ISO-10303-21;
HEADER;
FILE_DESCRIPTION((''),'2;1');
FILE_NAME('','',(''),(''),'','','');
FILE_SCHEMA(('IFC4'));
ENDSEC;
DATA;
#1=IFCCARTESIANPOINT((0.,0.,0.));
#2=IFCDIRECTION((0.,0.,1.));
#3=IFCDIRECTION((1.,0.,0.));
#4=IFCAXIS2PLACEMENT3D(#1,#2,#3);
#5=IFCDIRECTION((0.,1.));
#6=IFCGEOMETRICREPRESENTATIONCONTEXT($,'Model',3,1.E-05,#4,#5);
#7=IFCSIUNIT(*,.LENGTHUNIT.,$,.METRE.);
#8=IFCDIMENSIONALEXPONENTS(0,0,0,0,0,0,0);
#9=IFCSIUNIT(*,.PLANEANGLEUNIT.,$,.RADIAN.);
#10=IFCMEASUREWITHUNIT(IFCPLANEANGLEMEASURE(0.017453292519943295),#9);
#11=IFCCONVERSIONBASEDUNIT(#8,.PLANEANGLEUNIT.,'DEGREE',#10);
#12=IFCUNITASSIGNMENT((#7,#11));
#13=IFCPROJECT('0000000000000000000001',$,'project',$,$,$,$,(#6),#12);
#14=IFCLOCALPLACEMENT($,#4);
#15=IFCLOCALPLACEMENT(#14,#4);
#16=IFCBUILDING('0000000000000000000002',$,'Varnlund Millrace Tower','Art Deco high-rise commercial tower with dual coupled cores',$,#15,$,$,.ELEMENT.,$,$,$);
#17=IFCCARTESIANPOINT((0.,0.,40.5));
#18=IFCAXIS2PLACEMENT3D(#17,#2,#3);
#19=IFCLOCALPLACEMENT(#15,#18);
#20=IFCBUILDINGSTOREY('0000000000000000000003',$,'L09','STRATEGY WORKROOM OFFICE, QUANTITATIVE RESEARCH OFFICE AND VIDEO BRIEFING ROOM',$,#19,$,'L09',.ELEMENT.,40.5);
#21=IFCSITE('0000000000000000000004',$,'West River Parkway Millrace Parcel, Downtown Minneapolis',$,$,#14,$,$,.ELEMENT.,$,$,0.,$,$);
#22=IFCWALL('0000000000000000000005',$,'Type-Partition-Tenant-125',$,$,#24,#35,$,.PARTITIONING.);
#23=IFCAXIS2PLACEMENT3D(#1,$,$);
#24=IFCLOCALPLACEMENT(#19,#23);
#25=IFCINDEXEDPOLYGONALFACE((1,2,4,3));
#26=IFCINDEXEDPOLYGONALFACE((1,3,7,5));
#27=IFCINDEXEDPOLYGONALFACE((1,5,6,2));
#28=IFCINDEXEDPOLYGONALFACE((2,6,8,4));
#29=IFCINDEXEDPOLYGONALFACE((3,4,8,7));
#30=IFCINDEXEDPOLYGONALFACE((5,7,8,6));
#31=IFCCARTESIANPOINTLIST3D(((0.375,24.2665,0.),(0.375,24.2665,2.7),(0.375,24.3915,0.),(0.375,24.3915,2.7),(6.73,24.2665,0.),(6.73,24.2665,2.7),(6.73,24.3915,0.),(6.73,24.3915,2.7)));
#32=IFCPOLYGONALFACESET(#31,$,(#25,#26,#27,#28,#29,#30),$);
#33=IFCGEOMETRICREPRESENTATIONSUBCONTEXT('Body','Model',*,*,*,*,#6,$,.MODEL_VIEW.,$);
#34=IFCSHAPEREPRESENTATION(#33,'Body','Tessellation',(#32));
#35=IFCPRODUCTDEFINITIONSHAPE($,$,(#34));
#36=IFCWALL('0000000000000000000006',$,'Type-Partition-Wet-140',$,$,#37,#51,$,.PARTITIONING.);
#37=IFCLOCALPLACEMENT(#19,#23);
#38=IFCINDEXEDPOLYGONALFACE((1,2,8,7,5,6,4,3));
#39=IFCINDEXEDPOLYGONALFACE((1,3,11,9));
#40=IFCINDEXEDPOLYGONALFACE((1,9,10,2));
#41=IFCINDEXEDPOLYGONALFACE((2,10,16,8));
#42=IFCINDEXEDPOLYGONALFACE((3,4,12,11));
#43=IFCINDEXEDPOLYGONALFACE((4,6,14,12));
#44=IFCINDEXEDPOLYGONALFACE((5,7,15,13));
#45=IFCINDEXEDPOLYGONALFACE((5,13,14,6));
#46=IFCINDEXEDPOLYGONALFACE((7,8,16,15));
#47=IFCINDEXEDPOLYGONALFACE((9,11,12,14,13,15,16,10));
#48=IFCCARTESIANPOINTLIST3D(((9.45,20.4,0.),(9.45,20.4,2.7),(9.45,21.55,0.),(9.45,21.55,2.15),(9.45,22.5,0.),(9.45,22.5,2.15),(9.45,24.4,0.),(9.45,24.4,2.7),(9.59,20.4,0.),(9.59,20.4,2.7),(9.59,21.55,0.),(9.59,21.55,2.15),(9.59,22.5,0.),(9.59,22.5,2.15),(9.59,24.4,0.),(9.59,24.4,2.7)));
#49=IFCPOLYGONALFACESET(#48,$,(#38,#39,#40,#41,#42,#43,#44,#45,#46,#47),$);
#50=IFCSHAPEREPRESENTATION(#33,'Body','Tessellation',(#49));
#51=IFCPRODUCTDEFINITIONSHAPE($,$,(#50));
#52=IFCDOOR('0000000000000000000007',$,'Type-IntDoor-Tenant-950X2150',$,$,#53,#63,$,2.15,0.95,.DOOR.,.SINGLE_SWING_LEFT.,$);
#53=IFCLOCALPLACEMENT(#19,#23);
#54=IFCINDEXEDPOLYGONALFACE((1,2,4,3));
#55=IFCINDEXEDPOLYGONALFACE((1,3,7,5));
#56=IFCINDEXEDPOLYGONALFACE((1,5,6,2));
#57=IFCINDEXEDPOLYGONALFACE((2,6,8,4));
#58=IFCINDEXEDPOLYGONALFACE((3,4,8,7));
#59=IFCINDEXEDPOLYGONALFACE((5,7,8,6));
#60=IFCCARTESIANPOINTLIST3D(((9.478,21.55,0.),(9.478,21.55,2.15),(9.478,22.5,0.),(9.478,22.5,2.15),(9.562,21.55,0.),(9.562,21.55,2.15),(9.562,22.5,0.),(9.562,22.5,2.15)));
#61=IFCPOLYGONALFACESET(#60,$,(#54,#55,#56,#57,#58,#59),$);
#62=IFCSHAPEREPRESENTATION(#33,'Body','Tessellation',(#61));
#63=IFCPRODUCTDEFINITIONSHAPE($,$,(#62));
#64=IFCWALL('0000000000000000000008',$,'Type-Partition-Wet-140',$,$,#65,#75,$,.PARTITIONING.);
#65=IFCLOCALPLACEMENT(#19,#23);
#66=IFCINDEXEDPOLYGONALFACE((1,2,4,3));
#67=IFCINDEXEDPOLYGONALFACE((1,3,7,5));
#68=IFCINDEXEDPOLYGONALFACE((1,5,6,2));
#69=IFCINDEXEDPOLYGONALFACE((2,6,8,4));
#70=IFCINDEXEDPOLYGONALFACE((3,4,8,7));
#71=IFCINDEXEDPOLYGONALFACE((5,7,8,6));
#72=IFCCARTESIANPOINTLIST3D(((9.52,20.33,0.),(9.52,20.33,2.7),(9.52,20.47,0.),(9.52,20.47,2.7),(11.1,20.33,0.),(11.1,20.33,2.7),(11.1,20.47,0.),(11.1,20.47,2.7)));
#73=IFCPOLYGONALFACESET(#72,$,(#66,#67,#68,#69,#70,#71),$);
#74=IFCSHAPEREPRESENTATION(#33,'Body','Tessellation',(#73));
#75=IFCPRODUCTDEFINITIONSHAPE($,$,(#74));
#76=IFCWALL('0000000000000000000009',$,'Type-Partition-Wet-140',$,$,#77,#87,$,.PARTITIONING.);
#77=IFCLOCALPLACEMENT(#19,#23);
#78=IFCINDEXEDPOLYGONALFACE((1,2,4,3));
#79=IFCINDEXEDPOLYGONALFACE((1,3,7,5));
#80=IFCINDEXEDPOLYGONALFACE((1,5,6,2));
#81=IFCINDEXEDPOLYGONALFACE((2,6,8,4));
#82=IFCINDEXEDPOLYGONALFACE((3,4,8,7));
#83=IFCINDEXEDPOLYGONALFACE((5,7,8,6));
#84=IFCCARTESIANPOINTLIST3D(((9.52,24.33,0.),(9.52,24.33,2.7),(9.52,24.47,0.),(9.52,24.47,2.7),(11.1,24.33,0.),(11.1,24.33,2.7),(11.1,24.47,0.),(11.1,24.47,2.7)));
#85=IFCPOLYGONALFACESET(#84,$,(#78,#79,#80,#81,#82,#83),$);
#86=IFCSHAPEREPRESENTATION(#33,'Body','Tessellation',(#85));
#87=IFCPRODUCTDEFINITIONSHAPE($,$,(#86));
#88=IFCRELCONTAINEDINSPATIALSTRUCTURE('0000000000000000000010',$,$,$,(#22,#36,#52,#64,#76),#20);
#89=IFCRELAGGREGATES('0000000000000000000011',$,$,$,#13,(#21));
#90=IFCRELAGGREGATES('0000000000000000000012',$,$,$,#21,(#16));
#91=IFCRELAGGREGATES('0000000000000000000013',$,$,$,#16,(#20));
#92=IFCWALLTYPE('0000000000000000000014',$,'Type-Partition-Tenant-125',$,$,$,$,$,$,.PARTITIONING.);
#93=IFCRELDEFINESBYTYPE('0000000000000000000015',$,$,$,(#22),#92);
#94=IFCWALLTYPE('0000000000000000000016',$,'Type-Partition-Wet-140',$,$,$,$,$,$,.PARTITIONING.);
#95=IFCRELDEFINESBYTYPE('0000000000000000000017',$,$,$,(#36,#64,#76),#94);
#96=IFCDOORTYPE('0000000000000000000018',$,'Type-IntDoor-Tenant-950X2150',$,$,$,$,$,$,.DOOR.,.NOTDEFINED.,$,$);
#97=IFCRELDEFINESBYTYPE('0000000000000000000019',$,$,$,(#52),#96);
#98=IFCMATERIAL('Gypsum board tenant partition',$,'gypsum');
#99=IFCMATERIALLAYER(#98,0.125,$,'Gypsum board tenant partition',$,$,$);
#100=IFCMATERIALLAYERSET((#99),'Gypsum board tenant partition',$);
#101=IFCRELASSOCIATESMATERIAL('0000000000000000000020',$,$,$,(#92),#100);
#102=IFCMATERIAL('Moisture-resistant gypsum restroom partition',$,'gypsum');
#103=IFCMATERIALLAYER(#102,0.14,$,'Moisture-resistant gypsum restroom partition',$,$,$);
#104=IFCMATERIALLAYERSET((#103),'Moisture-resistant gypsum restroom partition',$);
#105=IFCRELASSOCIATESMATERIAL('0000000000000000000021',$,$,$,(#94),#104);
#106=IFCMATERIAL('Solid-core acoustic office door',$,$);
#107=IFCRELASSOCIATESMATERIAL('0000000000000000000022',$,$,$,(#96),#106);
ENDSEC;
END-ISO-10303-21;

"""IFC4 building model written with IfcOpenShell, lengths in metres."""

from ifc_helpers import new_model, entity, si_unit, converted_unit, direction, frame, origin_with_axes, origin_2d_with_axis, place, context, subcontext, project, spatial, polyline, rectangle, outline, extrude, material, layer, layer_set, type_object, element, fill, save


model = new_model("IFC4")

# Units and contexts
model_context = context("Model", 3, precision=1e-05, world=origin_with_axes(), true_north=direction((0.0, 1.0)))
body_context = subcontext(model_context, "Body", "Model", "MODEL_VIEW")
ifc_project = project(units=[si_unit("LENGTHUNIT", "METRE"), converted_unit("PLANEANGLEUNIT", "DEGREE", entity("IfcPlaneAngleMeasure", 0.017453292519943295), si_unit("PLANEANGLEUNIT", "RADIAN"), dimensions=[0, 0, 0, 0, 0, 0, 0])], contexts=[model_context])

# Site, building, storey
site_placement = place(None, origin_with_axes())
site = spatial("IfcSite", under=ifc_project, at=site_placement, Name="West River Parkway Millrace Parcel, Downtown Minneapolis", CompositionType="ELEMENT", RefElevation=0.0)
building_placement = place(site_placement, origin_with_axes())
building = spatial("IfcBuilding", under=site, at=building_placement, Name="Varnlund Millrace Tower", Description="Art Deco high-rise commercial tower with dual coupled cores", CompositionType="ELEMENT")
storey_placement = place(building_placement, frame((0.0, 0.0, 40.5), z_axis=(0.0, 0.0, 1.0), x_axis=(1.0, 0.0, 0.0)))
storey = spatial("IfcBuildingStorey", under=building, at=storey_placement, Name="L09", Description="STRATEGY WORKROOM OFFICE, QUANTITATIVE RESEARCH OFFICE AND VIDEO BRIEFING ROOM", LongName="L09", CompositionType="ELEMENT", Elevation=40.5)

# Wall
ifc_material_1 = material(Name="Gypsum board tenant partition", Category="gypsum")
ifc_layer_1 = layer(ifc_material_1, 0.125, Name="Gypsum board tenant partition")
ifc_layer_set_1 = layer_set([ifc_layer_1], Name="Gypsum board tenant partition")
wall_type_1 = type_object("IfcWallType", Name="Type-Partition-Tenant-125", PredefinedType="PARTITIONING", material=ifc_layer_set_1)
wall_1_placement = place(storey_placement, frame((0.375, 24.329, 0.0), z_axis=(0.0, 0.0, 1.0), x_axis=(1.0, 0.0, 0.0)))
element("IfcWall", 1, at=wall_1_placement, inside=storey, type_object=wall_type_1, Name="Type-Partition-Tenant-125", PredefinedType="PARTITIONING", context=body_context, shape_type="SweptSolid", body=[
    extrude(outline(polyline([(0.0, -0.0625), (6.355, -0.0625), (6.355, 0.0625), (0.0, 0.0625), (0.0, -0.0625)])), origin_with_axes(), (0.0, 0.0, 1.0), 2.7),
])

# Wall, opening, door
ifc_material_2 = material(Name="Moisture-resistant gypsum restroom partition", Category="gypsum")
ifc_layer_2 = layer(ifc_material_2, 0.14, Name="Moisture-resistant gypsum restroom partition")
ifc_layer_set_2 = layer_set([ifc_layer_2], Name="Moisture-resistant gypsum restroom partition")
wall_type_2 = type_object("IfcWallType", Name="Type-Partition-Wet-140", PredefinedType="PARTITIONING", material=ifc_layer_set_2)
wall_2_placement = place(storey_placement, frame((9.52, 20.4, 0.0), z_axis=(0.0, 0.0, 1.0), x_axis=(0.0, 1.0, 0.0)))
wall_2 = element("IfcWall", 2, at=wall_2_placement, inside=storey, type_object=wall_type_2, Name="Type-Partition-Wet-140", PredefinedType="PARTITIONING", context=body_context, shape_type="SweptSolid", body=[
    extrude(outline(polyline([(0.0, -0.07), (4.0, -0.07), (4.0, 0.07), (0.0, 0.07), (0.0, -0.07)])), origin_with_axes(), (0.0, 0.0, 1.0), 2.7),
])
opening_placement = place(wall_2_placement, frame((1.625, 0.0, 0.0), z_axis=(0.0, 0.0, 1.0), x_axis=(1.0, 0.0, 0.0)))
opening = element("IfcOpeningElement", 3, at=opening_placement, cuts=wall_2, PredefinedType="OPENING", context=body_context, shape_type="SweptSolid", body=[
    extrude(rectangle(XDim=0.95, YDim=0.16, at=origin_2d_with_axis()), origin_with_axes(), (0.0, 0.0, 1.0), 2.15),
])
ifc_material_3 = material(Name="Solid-core acoustic office door")
door_type = type_object("IfcDoorType", Name="Type-IntDoor-Tenant-950X2150", OperationType="NOTDEFINED", PredefinedType="DOOR", material=ifc_material_3)
door_placement = place(wall_2_placement, frame((1.625, 0.0, 0.0), z_axis=(0.0, 0.0, 1.0), x_axis=(1.0, 0.0, 0.0)))
door = element("IfcDoor", 4, at=door_placement, inside=storey, type_object=door_type, Name="Type-IntDoor-Tenant-950X2150", OperationType="SINGLE_SWING_LEFT", OverallHeight=2.15, OverallWidth=0.95, PredefinedType="DOOR", context=body_context, shape_type="SweptSolid", body=[
    extrude(rectangle(XDim=0.95, YDim=0.084, at=origin_2d_with_axis()), origin_with_axes(), (0.0, 0.0, 1.0), 2.15),
])
fill(opening, door)

# Walls
for number, where, z_axis, x_axis, name in (
    (5, (9.52, 20.4, 0.0), (0.0, 0.0, 1.0), (1.0, 0.0, 0.0), "Type-Partition-Wet-140"),
    (6, (9.52, 24.4, 0.0), (0.0, 0.0, 1.0), (1.0, 0.0, 0.0), "Type-Partition-Wet-140"),
):
    element("IfcWall", number, at=place(storey_placement, frame(where, z_axis=z_axis, x_axis=x_axis)), inside=storey, type_object=wall_type_2, Name=name, PredefinedType="PARTITIONING", context=body_context, shape_type="SweptSolid", body=[
        extrude(outline(polyline([(0.0, -0.07), (1.58, -0.07), (1.58, 0.07), (0.0, 0.07), (0.0, -0.07)])), origin_with_axes(), (0.0, 0.0, 1.0), 2.7),
    ])

save(model, "model.ifc")
